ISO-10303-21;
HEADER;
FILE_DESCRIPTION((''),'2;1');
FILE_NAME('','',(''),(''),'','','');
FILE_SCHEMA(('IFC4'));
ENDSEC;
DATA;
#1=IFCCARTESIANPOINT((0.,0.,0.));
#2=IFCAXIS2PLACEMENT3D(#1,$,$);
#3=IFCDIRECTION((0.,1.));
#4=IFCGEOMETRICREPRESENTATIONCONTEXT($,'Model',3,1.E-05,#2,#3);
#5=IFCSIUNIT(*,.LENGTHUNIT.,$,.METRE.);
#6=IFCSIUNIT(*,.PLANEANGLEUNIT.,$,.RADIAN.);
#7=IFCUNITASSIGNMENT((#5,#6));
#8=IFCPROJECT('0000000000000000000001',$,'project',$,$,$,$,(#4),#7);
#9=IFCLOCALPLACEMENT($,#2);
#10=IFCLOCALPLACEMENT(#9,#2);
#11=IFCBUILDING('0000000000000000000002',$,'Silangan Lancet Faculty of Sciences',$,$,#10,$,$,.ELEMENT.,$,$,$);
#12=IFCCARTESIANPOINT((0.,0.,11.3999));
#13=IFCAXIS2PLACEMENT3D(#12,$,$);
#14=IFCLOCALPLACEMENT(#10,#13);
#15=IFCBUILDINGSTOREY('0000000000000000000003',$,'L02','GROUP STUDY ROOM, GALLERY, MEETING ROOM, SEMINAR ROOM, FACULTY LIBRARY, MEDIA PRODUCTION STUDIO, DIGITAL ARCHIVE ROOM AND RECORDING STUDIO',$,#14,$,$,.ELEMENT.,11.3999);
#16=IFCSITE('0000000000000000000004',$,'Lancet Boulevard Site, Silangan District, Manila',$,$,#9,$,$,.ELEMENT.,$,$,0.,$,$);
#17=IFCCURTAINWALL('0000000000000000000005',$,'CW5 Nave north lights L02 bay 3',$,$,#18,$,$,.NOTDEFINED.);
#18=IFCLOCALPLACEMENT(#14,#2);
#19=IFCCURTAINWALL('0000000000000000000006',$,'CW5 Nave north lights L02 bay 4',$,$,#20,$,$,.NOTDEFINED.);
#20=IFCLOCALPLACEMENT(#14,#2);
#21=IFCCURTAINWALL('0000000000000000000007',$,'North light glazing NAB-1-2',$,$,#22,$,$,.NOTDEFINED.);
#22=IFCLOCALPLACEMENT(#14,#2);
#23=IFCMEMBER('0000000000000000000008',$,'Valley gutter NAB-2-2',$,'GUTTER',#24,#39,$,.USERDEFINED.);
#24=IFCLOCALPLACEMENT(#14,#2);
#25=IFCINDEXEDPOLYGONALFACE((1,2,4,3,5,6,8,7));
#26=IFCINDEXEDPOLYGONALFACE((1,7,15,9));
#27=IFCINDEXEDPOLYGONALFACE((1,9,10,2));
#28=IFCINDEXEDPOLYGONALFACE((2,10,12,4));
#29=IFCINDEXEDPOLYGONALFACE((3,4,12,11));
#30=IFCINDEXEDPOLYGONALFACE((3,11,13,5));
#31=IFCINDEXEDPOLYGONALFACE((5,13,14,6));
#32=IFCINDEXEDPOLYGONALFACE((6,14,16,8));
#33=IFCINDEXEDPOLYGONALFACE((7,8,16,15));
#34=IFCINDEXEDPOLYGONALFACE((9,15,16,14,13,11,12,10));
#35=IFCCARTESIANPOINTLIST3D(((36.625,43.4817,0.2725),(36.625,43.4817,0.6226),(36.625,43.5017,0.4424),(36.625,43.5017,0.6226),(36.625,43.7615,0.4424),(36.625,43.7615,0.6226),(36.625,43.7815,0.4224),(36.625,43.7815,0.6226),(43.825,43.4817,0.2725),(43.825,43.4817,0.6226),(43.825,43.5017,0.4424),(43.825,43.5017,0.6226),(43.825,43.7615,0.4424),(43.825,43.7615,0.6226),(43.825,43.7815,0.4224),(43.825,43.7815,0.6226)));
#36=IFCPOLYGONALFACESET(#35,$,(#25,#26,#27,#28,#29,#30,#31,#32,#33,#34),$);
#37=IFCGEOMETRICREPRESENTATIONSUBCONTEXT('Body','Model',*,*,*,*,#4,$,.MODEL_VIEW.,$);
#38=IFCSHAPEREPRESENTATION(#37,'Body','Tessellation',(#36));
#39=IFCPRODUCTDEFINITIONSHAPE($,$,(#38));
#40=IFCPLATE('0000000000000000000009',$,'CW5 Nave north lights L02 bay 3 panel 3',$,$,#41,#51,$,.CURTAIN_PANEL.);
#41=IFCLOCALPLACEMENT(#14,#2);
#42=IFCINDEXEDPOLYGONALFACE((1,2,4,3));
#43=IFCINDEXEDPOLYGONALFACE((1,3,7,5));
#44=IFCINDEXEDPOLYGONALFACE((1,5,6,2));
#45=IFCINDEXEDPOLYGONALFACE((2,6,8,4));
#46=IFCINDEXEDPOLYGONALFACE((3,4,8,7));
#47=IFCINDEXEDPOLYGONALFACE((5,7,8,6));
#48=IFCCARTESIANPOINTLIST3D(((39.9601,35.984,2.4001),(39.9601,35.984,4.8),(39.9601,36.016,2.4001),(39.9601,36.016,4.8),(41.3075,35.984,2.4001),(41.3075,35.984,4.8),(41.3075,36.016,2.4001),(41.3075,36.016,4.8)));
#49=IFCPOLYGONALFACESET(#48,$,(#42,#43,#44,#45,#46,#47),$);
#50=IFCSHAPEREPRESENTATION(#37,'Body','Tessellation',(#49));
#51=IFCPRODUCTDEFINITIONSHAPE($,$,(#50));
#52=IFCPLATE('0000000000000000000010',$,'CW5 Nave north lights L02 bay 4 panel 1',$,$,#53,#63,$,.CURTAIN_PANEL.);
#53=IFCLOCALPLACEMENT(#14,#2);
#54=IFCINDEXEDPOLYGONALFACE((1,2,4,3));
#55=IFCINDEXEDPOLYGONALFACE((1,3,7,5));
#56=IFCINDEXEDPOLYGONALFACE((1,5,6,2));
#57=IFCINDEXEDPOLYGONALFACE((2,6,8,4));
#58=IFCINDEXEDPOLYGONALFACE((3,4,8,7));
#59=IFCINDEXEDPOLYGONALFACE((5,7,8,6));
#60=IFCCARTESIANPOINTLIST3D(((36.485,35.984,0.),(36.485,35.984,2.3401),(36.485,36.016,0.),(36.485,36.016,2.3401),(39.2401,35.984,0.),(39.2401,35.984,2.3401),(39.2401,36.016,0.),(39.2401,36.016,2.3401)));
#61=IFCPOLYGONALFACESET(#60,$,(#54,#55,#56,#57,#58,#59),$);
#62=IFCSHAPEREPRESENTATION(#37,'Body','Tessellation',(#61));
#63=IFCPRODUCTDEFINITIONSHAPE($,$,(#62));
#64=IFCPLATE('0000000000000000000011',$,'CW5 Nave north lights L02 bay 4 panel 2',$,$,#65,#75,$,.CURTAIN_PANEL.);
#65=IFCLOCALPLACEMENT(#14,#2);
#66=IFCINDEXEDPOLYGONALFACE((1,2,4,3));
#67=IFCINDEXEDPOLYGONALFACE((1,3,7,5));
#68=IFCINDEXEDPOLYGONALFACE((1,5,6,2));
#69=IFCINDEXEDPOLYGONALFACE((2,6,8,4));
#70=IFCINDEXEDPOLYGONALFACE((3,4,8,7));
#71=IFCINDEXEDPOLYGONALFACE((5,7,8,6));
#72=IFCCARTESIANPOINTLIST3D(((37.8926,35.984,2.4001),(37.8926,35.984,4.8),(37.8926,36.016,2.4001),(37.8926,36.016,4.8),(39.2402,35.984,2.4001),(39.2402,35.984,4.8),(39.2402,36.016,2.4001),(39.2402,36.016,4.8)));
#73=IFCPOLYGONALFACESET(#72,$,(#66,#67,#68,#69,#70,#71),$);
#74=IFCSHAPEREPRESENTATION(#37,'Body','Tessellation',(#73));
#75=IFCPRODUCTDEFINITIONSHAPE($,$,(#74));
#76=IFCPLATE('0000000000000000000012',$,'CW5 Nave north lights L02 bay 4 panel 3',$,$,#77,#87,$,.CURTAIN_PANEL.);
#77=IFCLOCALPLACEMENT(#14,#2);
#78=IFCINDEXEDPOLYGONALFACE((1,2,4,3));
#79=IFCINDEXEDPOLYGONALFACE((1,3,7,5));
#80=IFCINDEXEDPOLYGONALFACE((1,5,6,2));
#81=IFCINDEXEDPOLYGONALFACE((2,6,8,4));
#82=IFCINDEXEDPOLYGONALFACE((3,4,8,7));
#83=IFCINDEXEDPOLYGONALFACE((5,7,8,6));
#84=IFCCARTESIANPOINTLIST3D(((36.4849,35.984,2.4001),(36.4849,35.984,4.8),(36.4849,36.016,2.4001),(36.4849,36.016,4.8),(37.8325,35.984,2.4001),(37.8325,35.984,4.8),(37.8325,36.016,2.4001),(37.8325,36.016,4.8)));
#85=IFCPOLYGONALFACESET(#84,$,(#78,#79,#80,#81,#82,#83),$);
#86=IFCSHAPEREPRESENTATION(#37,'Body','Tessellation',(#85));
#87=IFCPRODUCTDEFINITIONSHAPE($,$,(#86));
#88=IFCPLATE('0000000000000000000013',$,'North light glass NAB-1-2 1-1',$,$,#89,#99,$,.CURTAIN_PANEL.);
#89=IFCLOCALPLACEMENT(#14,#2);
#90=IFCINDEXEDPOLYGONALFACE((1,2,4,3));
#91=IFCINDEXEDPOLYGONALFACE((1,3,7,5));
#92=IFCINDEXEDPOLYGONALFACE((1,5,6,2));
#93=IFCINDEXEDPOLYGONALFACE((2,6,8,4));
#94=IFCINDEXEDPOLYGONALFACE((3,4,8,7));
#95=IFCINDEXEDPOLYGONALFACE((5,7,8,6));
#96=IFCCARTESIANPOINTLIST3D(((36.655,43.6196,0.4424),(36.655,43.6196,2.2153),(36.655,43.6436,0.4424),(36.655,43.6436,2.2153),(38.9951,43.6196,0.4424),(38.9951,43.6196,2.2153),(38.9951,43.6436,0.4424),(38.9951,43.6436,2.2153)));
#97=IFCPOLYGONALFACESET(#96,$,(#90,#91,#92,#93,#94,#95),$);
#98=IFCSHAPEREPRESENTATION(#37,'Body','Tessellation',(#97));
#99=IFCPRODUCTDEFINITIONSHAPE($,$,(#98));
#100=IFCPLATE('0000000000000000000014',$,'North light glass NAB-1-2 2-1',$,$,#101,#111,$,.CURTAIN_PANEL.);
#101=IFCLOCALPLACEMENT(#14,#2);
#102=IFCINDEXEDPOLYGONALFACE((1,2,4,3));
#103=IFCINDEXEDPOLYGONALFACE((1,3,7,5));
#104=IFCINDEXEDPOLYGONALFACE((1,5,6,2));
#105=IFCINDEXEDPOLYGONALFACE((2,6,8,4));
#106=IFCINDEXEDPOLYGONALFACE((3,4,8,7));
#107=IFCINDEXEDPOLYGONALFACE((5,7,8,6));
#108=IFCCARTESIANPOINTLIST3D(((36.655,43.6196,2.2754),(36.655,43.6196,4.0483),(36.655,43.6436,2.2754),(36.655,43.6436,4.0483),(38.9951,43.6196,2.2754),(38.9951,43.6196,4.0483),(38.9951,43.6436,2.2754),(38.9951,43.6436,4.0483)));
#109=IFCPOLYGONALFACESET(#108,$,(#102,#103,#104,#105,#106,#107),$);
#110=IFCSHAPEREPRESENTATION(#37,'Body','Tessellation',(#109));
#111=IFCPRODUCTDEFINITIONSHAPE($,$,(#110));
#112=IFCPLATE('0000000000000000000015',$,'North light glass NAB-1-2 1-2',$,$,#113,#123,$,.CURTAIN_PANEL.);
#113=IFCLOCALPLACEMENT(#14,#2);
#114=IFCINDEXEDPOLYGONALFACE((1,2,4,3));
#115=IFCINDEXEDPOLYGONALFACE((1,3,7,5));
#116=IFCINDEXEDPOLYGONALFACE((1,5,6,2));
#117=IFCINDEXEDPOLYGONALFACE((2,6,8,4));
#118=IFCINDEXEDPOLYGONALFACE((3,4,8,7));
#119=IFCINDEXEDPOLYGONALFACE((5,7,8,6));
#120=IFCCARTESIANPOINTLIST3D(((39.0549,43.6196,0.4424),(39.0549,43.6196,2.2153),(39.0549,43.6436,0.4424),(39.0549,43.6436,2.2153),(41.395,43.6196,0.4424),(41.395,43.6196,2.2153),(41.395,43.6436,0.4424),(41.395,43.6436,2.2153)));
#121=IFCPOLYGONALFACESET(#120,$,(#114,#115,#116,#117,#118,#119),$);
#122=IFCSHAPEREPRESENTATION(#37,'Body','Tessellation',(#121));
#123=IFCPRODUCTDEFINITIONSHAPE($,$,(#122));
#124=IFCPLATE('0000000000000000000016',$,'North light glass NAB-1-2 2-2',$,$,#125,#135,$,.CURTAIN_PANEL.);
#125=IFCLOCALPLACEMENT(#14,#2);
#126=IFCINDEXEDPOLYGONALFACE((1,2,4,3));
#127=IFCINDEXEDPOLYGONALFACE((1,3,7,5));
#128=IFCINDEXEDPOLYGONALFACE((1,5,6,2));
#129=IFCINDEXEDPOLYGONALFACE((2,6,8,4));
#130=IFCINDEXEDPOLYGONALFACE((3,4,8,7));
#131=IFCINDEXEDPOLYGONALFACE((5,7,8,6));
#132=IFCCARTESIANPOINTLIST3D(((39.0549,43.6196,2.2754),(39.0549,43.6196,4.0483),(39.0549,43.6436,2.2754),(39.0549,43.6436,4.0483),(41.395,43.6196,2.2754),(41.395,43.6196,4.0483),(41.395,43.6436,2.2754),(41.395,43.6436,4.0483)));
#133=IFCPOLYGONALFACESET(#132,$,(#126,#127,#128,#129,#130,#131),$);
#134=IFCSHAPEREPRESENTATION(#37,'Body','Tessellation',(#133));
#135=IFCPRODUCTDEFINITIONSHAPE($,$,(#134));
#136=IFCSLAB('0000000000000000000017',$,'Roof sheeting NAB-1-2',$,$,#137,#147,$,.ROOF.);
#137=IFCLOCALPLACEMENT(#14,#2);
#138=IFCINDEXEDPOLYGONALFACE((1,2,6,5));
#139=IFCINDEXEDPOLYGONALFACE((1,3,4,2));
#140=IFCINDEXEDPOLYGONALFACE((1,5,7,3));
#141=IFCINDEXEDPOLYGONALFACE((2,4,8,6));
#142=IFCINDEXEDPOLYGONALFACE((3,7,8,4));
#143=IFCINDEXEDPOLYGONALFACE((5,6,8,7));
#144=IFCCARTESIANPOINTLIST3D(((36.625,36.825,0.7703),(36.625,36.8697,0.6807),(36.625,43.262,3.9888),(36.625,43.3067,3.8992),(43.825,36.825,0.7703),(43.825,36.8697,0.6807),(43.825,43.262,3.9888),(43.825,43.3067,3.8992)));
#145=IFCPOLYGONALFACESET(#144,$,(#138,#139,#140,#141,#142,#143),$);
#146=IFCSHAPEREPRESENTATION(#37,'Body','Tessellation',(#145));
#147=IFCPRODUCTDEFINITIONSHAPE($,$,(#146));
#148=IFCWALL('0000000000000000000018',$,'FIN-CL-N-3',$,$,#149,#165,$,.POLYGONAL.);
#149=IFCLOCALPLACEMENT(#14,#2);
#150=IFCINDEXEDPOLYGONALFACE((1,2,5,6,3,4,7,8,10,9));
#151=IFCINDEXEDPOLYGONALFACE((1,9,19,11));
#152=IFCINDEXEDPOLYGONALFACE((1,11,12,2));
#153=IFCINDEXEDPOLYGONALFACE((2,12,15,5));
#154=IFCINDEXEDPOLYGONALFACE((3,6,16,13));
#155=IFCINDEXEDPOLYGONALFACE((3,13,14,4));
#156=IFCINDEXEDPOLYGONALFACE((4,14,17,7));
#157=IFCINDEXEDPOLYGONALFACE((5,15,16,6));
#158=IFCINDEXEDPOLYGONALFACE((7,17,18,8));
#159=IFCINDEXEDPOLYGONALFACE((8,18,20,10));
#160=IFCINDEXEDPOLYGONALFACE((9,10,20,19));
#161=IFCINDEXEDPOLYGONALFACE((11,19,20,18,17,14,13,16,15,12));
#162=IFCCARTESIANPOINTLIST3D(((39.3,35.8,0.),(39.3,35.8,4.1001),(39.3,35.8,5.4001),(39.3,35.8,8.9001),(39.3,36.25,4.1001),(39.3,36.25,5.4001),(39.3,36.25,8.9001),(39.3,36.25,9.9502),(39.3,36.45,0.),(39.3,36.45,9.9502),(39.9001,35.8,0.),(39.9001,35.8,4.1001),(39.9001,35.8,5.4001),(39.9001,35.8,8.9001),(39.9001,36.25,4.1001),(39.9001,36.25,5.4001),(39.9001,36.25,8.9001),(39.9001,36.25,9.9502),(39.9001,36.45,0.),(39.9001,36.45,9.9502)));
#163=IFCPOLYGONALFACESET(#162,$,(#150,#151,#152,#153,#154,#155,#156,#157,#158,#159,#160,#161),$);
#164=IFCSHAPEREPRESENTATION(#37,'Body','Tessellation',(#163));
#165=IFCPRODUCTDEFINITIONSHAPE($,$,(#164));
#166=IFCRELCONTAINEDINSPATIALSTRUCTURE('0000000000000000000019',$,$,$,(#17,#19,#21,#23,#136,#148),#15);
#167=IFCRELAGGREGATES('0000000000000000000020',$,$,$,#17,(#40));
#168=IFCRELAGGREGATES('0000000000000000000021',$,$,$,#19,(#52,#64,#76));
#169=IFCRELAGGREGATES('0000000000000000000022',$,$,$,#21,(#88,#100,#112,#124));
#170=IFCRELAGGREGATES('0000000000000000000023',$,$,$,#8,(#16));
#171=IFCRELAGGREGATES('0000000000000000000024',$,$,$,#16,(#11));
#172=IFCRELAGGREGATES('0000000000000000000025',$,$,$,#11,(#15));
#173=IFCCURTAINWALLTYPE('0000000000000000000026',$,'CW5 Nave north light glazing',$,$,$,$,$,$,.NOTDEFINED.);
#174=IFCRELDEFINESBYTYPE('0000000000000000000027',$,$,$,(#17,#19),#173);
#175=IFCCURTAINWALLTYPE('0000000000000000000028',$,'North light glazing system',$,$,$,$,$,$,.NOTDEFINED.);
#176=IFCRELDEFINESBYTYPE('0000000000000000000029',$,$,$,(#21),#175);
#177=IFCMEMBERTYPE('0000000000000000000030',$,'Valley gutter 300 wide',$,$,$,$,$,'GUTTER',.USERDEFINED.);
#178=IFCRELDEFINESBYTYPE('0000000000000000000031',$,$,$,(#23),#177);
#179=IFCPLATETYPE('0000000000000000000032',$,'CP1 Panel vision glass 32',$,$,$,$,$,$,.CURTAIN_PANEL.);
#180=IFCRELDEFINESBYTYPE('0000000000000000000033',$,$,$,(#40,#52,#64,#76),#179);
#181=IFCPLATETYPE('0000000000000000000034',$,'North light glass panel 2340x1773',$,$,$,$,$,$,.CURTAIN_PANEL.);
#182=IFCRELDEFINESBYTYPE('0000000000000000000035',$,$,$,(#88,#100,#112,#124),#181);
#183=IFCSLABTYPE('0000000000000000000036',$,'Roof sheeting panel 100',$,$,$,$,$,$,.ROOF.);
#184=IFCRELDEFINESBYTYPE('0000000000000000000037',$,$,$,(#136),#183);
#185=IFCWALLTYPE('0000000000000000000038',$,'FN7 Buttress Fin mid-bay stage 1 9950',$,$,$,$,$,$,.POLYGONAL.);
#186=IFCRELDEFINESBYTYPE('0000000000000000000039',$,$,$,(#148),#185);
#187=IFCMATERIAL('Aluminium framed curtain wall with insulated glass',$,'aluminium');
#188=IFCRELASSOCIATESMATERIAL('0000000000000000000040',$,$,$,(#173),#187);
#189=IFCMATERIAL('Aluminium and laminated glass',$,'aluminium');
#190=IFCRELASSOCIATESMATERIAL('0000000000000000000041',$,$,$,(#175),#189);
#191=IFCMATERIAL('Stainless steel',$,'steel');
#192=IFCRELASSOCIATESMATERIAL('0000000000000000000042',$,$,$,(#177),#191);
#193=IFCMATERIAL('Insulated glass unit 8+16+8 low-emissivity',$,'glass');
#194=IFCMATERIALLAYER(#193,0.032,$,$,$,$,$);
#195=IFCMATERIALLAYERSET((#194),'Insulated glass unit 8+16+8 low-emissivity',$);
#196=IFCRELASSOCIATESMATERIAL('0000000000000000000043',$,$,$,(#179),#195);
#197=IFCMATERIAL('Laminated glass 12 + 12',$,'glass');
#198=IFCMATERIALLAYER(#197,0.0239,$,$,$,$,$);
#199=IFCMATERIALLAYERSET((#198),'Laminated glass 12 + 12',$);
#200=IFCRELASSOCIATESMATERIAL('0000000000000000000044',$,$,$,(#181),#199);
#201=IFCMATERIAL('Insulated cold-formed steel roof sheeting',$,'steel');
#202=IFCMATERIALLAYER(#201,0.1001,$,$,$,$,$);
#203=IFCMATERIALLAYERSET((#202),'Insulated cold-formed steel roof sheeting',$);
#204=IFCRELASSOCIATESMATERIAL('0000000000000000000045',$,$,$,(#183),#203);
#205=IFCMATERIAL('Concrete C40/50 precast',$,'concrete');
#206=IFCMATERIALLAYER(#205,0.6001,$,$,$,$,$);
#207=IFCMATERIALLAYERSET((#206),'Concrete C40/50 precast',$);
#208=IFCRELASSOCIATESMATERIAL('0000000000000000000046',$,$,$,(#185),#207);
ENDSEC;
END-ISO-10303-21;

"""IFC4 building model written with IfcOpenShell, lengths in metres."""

from ifc_helpers import new_model, si_unit, direction, frame, origin, origin_2d, place, context, subcontext, project, spatial, polyline, rectangle, outline, extrude, material, layer, layer_set, material_profile, profile_set, type_object, element, aggregate, save


model = new_model("IFC4")

# Units and contexts
model_context = context("Model", 3, precision=1e-05, world=origin(), true_north=direction((0.0, 1.0)))
body_context = subcontext(model_context, "Body", "Model", "MODEL_VIEW")
ifc_project = project(units=[si_unit("LENGTHUNIT", "METRE"), si_unit("PLANEANGLEUNIT", "RADIAN")], contexts=[model_context])

# Site, building, storey
site_placement = place(None, origin())
site = spatial("IfcSite", under=ifc_project, at=site_placement, Name="Lancet Boulevard Site, Silangan District, Manila", CompositionType="ELEMENT", RefElevation=0.0)
building_placement = place(site_placement, origin())
building = spatial("IfcBuilding", under=site, at=building_placement, Name="Silangan Lancet Faculty of Sciences", CompositionType="ELEMENT")
storey_placement = place(building_placement, frame((0.0, 0.0, 11.3999)))
storey = spatial("IfcBuildingStorey", under=building, at=storey_placement, Name="L02", Description="GROUP STUDY ROOM, GALLERY, MEETING ROOM, SEMINAR ROOM, FACULTY LIBRARY, MEDIA PRODUCTION STUDIO, DIGITAL ARCHIVE ROOM AND RECORDING STUDIO", CompositionType="ELEMENT", Elevation=11.3999)

# Curtain wall
ifc_material_1 = material(Name="Aluminium framed curtain wall with insulated glass", Category="aluminium")
curtain_wall_type_1 = type_object("IfcCurtainWallType", Name="CW5 Nave north light glazing", PredefinedType="NOTDEFINED", material=ifc_material_1)
curtain_wall_1_placement = place(storey_placement, origin())
curtain_wall_1 = element("IfcCurtainWall", 1, at=curtain_wall_1_placement, inside=storey, type_object=curtain_wall_type_1, Name="CW5 Nave north lights L02 bay 3", PredefinedType="NOTDEFINED")

# Curtain wall
curtain_wall_2_placement = place(storey_placement, origin())
curtain_wall_2 = element("IfcCurtainWall", 2, at=curtain_wall_2_placement, inside=storey, type_object=curtain_wall_type_1, Name="CW5 Nave north lights L02 bay 4", PredefinedType="NOTDEFINED")

# Curtain wall
ifc_material_2 = material(Name="Aluminium and laminated glass", Category="aluminium")
curtain_wall_type_2 = type_object("IfcCurtainWallType", Name="North light glazing system", PredefinedType="NOTDEFINED", material=ifc_material_2)
curtain_wall_3_placement = place(storey_placement, origin())
curtain_wall_3 = element("IfcCurtainWall", 3, at=curtain_wall_3_placement, inside=storey, type_object=curtain_wall_type_2, Name="North light glazing NAB-1-2", PredefinedType="NOTDEFINED")

# Member
ifc_material_3 = material(Name="Stainless steel", Category="steel")
ifc_material_profile_1 = material_profile(ifc_material_3, outline(polyline([(-0.1499, 0.0), (0.1499, 0.1499), (0.1499, 0.3501), (0.1299, 0.3501), (0.1299, 0.1699), (-0.1299, 0.1699), (-0.1299, 0.3501), (-0.1499, 0.3501), (-0.1499, 0.0)])), Name="valley gutter")
ifc_profile_set_1 = profile_set([ifc_material_profile_1], Name="Stainless steel")
member_type_1 = type_object("IfcMemberType", Name="Valley gutter 300 wide", ElementType="GUTTER", PredefinedType="USERDEFINED", material=ifc_profile_set_1)
member_1_placement = place(storey_placement, frame((36.625, 43.6316, 0.2725), z_axis=(1.0, 0.0, 0.0), x_axis=(0.0, 1.0, 0.0)))
element("IfcMember", 4, at=member_1_placement, inside=storey, type_object=member_type_1, Name="Valley gutter NAB-2-2", ObjectType="GUTTER", PredefinedType="USERDEFINED", context=body_context, shape_type="SweptSolid", body=[
    extrude(outline(polyline([(-0.1499, 0.0), (0.1499, 0.1499), (0.1499, 0.3501), (0.1299, 0.3501), (0.1299, 0.1699), (-0.1299, 0.1699), (-0.1299, 0.3501), (-0.1499, 0.3501), (-0.1499, 0.0)])), origin(), (0.0, 0.0, 1.0), 7.2),
])

# Plates
ifc_material_4 = material(Name="Insulated glass unit 8+16+8 low-emissivity", Category="glass")
ifc_layer_1 = layer(ifc_material_4, 0.032)
ifc_layer_set_1 = layer_set([ifc_layer_1], Name="Insulated glass unit 8+16+8 low-emissivity")
plate_type_1 = type_object("IfcPlateType", Name="CP1 Panel vision glass 32", PredefinedType="CURTAIN_PANEL", material=ifc_layer_set_1)
plate_1_placement = place(storey_placement, frame((40.6338, 36.0, 2.4001), z_axis=(0.0, 0.0, 1.0), x_axis=(-1.0, 0.0, 0.0)))
plate_1 = element("IfcPlate", 5, at=plate_1_placement, type_object=plate_type_1, Name="CW5 Nave north lights L02 bay 3 panel 3", PredefinedType="CURTAIN_PANEL", context=body_context, shape_type="SweptSolid", body=[
    extrude(rectangle(XDim=1.3474, YDim=0.032, at=origin_2d()), origin(), (0.0, 0.0, 1.0), 2.3999),
])
aggregate(curtain_wall_1, [plate_1])
plate_2_placement = place(storey_placement, frame((37.8625, 36.0, 0.0), z_axis=(0.0, 0.0, 1.0), x_axis=(-1.0, 0.0, 0.0)))
plate_2 = element("IfcPlate", 6, at=plate_2_placement, type_object=plate_type_1, Name="CW5 Nave north lights L02 bay 4 panel 1", PredefinedType="CURTAIN_PANEL", context=body_context, shape_type="SweptSolid", body=[
    extrude(rectangle(XDim=2.7551, YDim=0.032, at=origin_2d()), origin(), (0.0, 0.0, 1.0), 2.3401),
])
plate_3_placement = place(storey_placement, frame((38.5664, 36.0, 2.4001), z_axis=(0.0, 0.0, 1.0), x_axis=(-1.0, 0.0, 0.0)))
plate_3 = element("IfcPlate", 7, at=plate_3_placement, type_object=plate_type_1, Name="CW5 Nave north lights L02 bay 4 panel 2", PredefinedType="CURTAIN_PANEL", context=body_context, shape_type="SweptSolid", body=[
    extrude(rectangle(XDim=1.3477, YDim=0.032, at=origin_2d()), origin(), (0.0, 0.0, 1.0), 2.3999),
])
plate_4_placement = place(storey_placement, frame((37.1587, 36.0, 2.4001), z_axis=(0.0, 0.0, 1.0), x_axis=(-1.0, 0.0, 0.0)))
plate_4 = element("IfcPlate", 8, at=plate_4_placement, type_object=plate_type_1, Name="CW5 Nave north lights L02 bay 4 panel 3", PredefinedType="CURTAIN_PANEL", context=body_context, shape_type="SweptSolid", body=[
    extrude(rectangle(XDim=1.3477, YDim=0.032, at=origin_2d()), origin(), (0.0, 0.0, 1.0), 2.3999),
])
aggregate(curtain_wall_2, [plate_2, plate_3, plate_4])
ifc_material_5 = material(Name="Laminated glass 12 + 12", Category="glass")
ifc_layer_2 = layer(ifc_material_5, 0.0239)
ifc_layer_set_2 = layer_set([ifc_layer_2], Name="Laminated glass 12 + 12")
plate_type_2 = type_object("IfcPlateType", Name="North light glass panel 2340x1773", PredefinedType="CURTAIN_PANEL", material=ifc_layer_set_2)
plate_5_placement = place(storey_placement, frame((36.655, 43.6196, 0.4424), z_axis=(0.0, -1.0, 0.0), x_axis=(1.0, 0.0, 0.0)))
plate_5 = element("IfcPlate", 9, at=plate_5_placement, type_object=plate_type_2, Name="North light glass NAB-1-2 1-1", PredefinedType="CURTAIN_PANEL", context=body_context, shape_type="SweptSolid", body=[
    extrude(outline(polyline([(0.0, 0.0), (2.3401, 0.0), (2.3401, 1.7729), (0.0, 1.7729), (0.0, 0.0)])), origin(), (0.0, 0.0, -1.0), 0.0239),
])
plate_6_placement = place(storey_placement, frame((36.655, 43.6196, 2.2754), z_axis=(0.0, -1.0, 0.0), x_axis=(1.0, 0.0, 0.0)))
plate_6 = element("IfcPlate", 10, at=plate_6_placement, type_object=plate_type_2, Name="North light glass NAB-1-2 2-1", PredefinedType="CURTAIN_PANEL", context=body_context, shape_type="SweptSolid", body=[
    extrude(outline(polyline([(0.0, 0.0), (2.3401, 0.0), (2.3401, 1.7729), (0.0, 1.7729), (0.0, 0.0)])), origin(), (0.0, 0.0, -1.0), 0.0239),
])
plate_7_placement = place(storey_placement, frame((39.0549, 43.6196, 0.4424), z_axis=(0.0, -1.0, 0.0), x_axis=(1.0, 0.0, 0.0)))
plate_7 = element("IfcPlate", 11, at=plate_7_placement, type_object=plate_type_2, Name="North light glass NAB-1-2 1-2", PredefinedType="CURTAIN_PANEL", context=body_context, shape_type="SweptSolid", body=[
    extrude(outline(polyline([(0.0, 0.0), (2.3401, 0.0), (2.3401, 1.7729), (0.0, 1.7729), (0.0, 0.0)])), origin(), (0.0, 0.0, -1.0), 0.0239),
])
plate_8_placement = place(storey_placement, frame((39.0549, 43.6196, 2.2754), z_axis=(0.0, -1.0, 0.0), x_axis=(1.0, 0.0, 0.0)))
plate_8 = element("IfcPlate", 12, at=plate_8_placement, type_object=plate_type_2, Name="North light glass NAB-1-2 2-2", PredefinedType="CURTAIN_PANEL", context=body_context, shape_type="SweptSolid", body=[
    extrude(outline(polyline([(0.0, 0.0), (2.3401, 0.0), (2.3401, 1.7729), (0.0, 1.7729), (0.0, 0.0)])), origin(), (0.0, 0.0, -1.0), 0.0239),
])
aggregate(curtain_wall_3, [plate_5, plate_6, plate_7, plate_8])

# Slab
ifc_material_6 = material(Name="Insulated cold-formed steel roof sheeting", Category="steel")
ifc_layer_3 = layer(ifc_material_6, 0.1001)
ifc_layer_set_3 = layer_set([ifc_layer_3], Name="Insulated cold-formed steel roof sheeting")
slab_type = type_object("IfcSlabType", Name="Roof sheeting panel 100", PredefinedType="ROOF", material=ifc_layer_set_3)
slab_placement = place(storey_placement, frame((36.625, 36.825, 0.7703), z_axis=(0.0, -0.447214, 0.894427), x_axis=(1.0, 0.0, 0.0)))
element("IfcSlab", 13, at=slab_placement, inside=storey, type_object=slab_type, Name="Roof sheeting NAB-1-2", PredefinedType="ROOF", context=body_context, shape_type="SweptSolid", body=[
    extrude(outline(polyline([(0.0, 0.0), (7.2, 0.0), (7.2, 7.1968), (0.0, 7.1968), (0.0, 0.0)])), origin(), (0.0, 0.0, -1.0), 0.1001),
])

# Wall
ifc_material_7 = material(Name="Concrete C40/50 precast", Category="concrete")
ifc_layer_4 = layer(ifc_material_7, 0.6001)
ifc_layer_set_4 = layer_set([ifc_layer_4], Name="Concrete C40/50 precast")
wall_type = type_object("IfcWallType", Name="FN7 Buttress Fin mid-bay stage 1 9950", PredefinedType="POLYGONAL", material=ifc_layer_set_4)
wall_placement = place(storey_placement, frame((39.6001, 35.8, 0.0), z_axis=(0.0, 0.0, 1.0), x_axis=(0.0, 1.0, 0.0)))
element("IfcWall", 14, at=wall_placement, inside=storey, type_object=wall_type, Name="FIN-CL-N-3", PredefinedType="POLYGONAL", context=body_context, shape_type="SweptSolid", body=[
    extrude(outline(polyline([(0.6499, 0.0), (0.6499, 9.9502), (0.45, 9.9502), (0.45, 8.9001), (0.0, 8.9001), (0.0, 5.4001), (0.45, 5.4001), (0.45, 4.1001), (0.0, 4.1001), (0.0, 0.0), (0.6499, 0.0)])), frame((0.0, 0.3, 0.0), z_axis=(0.0, -1.0, 0.0), x_axis=(1.0, 0.0, 0.0)), (0.0, 0.0, 1.0), 0.6001),
])

save(model, "model.ifc")
